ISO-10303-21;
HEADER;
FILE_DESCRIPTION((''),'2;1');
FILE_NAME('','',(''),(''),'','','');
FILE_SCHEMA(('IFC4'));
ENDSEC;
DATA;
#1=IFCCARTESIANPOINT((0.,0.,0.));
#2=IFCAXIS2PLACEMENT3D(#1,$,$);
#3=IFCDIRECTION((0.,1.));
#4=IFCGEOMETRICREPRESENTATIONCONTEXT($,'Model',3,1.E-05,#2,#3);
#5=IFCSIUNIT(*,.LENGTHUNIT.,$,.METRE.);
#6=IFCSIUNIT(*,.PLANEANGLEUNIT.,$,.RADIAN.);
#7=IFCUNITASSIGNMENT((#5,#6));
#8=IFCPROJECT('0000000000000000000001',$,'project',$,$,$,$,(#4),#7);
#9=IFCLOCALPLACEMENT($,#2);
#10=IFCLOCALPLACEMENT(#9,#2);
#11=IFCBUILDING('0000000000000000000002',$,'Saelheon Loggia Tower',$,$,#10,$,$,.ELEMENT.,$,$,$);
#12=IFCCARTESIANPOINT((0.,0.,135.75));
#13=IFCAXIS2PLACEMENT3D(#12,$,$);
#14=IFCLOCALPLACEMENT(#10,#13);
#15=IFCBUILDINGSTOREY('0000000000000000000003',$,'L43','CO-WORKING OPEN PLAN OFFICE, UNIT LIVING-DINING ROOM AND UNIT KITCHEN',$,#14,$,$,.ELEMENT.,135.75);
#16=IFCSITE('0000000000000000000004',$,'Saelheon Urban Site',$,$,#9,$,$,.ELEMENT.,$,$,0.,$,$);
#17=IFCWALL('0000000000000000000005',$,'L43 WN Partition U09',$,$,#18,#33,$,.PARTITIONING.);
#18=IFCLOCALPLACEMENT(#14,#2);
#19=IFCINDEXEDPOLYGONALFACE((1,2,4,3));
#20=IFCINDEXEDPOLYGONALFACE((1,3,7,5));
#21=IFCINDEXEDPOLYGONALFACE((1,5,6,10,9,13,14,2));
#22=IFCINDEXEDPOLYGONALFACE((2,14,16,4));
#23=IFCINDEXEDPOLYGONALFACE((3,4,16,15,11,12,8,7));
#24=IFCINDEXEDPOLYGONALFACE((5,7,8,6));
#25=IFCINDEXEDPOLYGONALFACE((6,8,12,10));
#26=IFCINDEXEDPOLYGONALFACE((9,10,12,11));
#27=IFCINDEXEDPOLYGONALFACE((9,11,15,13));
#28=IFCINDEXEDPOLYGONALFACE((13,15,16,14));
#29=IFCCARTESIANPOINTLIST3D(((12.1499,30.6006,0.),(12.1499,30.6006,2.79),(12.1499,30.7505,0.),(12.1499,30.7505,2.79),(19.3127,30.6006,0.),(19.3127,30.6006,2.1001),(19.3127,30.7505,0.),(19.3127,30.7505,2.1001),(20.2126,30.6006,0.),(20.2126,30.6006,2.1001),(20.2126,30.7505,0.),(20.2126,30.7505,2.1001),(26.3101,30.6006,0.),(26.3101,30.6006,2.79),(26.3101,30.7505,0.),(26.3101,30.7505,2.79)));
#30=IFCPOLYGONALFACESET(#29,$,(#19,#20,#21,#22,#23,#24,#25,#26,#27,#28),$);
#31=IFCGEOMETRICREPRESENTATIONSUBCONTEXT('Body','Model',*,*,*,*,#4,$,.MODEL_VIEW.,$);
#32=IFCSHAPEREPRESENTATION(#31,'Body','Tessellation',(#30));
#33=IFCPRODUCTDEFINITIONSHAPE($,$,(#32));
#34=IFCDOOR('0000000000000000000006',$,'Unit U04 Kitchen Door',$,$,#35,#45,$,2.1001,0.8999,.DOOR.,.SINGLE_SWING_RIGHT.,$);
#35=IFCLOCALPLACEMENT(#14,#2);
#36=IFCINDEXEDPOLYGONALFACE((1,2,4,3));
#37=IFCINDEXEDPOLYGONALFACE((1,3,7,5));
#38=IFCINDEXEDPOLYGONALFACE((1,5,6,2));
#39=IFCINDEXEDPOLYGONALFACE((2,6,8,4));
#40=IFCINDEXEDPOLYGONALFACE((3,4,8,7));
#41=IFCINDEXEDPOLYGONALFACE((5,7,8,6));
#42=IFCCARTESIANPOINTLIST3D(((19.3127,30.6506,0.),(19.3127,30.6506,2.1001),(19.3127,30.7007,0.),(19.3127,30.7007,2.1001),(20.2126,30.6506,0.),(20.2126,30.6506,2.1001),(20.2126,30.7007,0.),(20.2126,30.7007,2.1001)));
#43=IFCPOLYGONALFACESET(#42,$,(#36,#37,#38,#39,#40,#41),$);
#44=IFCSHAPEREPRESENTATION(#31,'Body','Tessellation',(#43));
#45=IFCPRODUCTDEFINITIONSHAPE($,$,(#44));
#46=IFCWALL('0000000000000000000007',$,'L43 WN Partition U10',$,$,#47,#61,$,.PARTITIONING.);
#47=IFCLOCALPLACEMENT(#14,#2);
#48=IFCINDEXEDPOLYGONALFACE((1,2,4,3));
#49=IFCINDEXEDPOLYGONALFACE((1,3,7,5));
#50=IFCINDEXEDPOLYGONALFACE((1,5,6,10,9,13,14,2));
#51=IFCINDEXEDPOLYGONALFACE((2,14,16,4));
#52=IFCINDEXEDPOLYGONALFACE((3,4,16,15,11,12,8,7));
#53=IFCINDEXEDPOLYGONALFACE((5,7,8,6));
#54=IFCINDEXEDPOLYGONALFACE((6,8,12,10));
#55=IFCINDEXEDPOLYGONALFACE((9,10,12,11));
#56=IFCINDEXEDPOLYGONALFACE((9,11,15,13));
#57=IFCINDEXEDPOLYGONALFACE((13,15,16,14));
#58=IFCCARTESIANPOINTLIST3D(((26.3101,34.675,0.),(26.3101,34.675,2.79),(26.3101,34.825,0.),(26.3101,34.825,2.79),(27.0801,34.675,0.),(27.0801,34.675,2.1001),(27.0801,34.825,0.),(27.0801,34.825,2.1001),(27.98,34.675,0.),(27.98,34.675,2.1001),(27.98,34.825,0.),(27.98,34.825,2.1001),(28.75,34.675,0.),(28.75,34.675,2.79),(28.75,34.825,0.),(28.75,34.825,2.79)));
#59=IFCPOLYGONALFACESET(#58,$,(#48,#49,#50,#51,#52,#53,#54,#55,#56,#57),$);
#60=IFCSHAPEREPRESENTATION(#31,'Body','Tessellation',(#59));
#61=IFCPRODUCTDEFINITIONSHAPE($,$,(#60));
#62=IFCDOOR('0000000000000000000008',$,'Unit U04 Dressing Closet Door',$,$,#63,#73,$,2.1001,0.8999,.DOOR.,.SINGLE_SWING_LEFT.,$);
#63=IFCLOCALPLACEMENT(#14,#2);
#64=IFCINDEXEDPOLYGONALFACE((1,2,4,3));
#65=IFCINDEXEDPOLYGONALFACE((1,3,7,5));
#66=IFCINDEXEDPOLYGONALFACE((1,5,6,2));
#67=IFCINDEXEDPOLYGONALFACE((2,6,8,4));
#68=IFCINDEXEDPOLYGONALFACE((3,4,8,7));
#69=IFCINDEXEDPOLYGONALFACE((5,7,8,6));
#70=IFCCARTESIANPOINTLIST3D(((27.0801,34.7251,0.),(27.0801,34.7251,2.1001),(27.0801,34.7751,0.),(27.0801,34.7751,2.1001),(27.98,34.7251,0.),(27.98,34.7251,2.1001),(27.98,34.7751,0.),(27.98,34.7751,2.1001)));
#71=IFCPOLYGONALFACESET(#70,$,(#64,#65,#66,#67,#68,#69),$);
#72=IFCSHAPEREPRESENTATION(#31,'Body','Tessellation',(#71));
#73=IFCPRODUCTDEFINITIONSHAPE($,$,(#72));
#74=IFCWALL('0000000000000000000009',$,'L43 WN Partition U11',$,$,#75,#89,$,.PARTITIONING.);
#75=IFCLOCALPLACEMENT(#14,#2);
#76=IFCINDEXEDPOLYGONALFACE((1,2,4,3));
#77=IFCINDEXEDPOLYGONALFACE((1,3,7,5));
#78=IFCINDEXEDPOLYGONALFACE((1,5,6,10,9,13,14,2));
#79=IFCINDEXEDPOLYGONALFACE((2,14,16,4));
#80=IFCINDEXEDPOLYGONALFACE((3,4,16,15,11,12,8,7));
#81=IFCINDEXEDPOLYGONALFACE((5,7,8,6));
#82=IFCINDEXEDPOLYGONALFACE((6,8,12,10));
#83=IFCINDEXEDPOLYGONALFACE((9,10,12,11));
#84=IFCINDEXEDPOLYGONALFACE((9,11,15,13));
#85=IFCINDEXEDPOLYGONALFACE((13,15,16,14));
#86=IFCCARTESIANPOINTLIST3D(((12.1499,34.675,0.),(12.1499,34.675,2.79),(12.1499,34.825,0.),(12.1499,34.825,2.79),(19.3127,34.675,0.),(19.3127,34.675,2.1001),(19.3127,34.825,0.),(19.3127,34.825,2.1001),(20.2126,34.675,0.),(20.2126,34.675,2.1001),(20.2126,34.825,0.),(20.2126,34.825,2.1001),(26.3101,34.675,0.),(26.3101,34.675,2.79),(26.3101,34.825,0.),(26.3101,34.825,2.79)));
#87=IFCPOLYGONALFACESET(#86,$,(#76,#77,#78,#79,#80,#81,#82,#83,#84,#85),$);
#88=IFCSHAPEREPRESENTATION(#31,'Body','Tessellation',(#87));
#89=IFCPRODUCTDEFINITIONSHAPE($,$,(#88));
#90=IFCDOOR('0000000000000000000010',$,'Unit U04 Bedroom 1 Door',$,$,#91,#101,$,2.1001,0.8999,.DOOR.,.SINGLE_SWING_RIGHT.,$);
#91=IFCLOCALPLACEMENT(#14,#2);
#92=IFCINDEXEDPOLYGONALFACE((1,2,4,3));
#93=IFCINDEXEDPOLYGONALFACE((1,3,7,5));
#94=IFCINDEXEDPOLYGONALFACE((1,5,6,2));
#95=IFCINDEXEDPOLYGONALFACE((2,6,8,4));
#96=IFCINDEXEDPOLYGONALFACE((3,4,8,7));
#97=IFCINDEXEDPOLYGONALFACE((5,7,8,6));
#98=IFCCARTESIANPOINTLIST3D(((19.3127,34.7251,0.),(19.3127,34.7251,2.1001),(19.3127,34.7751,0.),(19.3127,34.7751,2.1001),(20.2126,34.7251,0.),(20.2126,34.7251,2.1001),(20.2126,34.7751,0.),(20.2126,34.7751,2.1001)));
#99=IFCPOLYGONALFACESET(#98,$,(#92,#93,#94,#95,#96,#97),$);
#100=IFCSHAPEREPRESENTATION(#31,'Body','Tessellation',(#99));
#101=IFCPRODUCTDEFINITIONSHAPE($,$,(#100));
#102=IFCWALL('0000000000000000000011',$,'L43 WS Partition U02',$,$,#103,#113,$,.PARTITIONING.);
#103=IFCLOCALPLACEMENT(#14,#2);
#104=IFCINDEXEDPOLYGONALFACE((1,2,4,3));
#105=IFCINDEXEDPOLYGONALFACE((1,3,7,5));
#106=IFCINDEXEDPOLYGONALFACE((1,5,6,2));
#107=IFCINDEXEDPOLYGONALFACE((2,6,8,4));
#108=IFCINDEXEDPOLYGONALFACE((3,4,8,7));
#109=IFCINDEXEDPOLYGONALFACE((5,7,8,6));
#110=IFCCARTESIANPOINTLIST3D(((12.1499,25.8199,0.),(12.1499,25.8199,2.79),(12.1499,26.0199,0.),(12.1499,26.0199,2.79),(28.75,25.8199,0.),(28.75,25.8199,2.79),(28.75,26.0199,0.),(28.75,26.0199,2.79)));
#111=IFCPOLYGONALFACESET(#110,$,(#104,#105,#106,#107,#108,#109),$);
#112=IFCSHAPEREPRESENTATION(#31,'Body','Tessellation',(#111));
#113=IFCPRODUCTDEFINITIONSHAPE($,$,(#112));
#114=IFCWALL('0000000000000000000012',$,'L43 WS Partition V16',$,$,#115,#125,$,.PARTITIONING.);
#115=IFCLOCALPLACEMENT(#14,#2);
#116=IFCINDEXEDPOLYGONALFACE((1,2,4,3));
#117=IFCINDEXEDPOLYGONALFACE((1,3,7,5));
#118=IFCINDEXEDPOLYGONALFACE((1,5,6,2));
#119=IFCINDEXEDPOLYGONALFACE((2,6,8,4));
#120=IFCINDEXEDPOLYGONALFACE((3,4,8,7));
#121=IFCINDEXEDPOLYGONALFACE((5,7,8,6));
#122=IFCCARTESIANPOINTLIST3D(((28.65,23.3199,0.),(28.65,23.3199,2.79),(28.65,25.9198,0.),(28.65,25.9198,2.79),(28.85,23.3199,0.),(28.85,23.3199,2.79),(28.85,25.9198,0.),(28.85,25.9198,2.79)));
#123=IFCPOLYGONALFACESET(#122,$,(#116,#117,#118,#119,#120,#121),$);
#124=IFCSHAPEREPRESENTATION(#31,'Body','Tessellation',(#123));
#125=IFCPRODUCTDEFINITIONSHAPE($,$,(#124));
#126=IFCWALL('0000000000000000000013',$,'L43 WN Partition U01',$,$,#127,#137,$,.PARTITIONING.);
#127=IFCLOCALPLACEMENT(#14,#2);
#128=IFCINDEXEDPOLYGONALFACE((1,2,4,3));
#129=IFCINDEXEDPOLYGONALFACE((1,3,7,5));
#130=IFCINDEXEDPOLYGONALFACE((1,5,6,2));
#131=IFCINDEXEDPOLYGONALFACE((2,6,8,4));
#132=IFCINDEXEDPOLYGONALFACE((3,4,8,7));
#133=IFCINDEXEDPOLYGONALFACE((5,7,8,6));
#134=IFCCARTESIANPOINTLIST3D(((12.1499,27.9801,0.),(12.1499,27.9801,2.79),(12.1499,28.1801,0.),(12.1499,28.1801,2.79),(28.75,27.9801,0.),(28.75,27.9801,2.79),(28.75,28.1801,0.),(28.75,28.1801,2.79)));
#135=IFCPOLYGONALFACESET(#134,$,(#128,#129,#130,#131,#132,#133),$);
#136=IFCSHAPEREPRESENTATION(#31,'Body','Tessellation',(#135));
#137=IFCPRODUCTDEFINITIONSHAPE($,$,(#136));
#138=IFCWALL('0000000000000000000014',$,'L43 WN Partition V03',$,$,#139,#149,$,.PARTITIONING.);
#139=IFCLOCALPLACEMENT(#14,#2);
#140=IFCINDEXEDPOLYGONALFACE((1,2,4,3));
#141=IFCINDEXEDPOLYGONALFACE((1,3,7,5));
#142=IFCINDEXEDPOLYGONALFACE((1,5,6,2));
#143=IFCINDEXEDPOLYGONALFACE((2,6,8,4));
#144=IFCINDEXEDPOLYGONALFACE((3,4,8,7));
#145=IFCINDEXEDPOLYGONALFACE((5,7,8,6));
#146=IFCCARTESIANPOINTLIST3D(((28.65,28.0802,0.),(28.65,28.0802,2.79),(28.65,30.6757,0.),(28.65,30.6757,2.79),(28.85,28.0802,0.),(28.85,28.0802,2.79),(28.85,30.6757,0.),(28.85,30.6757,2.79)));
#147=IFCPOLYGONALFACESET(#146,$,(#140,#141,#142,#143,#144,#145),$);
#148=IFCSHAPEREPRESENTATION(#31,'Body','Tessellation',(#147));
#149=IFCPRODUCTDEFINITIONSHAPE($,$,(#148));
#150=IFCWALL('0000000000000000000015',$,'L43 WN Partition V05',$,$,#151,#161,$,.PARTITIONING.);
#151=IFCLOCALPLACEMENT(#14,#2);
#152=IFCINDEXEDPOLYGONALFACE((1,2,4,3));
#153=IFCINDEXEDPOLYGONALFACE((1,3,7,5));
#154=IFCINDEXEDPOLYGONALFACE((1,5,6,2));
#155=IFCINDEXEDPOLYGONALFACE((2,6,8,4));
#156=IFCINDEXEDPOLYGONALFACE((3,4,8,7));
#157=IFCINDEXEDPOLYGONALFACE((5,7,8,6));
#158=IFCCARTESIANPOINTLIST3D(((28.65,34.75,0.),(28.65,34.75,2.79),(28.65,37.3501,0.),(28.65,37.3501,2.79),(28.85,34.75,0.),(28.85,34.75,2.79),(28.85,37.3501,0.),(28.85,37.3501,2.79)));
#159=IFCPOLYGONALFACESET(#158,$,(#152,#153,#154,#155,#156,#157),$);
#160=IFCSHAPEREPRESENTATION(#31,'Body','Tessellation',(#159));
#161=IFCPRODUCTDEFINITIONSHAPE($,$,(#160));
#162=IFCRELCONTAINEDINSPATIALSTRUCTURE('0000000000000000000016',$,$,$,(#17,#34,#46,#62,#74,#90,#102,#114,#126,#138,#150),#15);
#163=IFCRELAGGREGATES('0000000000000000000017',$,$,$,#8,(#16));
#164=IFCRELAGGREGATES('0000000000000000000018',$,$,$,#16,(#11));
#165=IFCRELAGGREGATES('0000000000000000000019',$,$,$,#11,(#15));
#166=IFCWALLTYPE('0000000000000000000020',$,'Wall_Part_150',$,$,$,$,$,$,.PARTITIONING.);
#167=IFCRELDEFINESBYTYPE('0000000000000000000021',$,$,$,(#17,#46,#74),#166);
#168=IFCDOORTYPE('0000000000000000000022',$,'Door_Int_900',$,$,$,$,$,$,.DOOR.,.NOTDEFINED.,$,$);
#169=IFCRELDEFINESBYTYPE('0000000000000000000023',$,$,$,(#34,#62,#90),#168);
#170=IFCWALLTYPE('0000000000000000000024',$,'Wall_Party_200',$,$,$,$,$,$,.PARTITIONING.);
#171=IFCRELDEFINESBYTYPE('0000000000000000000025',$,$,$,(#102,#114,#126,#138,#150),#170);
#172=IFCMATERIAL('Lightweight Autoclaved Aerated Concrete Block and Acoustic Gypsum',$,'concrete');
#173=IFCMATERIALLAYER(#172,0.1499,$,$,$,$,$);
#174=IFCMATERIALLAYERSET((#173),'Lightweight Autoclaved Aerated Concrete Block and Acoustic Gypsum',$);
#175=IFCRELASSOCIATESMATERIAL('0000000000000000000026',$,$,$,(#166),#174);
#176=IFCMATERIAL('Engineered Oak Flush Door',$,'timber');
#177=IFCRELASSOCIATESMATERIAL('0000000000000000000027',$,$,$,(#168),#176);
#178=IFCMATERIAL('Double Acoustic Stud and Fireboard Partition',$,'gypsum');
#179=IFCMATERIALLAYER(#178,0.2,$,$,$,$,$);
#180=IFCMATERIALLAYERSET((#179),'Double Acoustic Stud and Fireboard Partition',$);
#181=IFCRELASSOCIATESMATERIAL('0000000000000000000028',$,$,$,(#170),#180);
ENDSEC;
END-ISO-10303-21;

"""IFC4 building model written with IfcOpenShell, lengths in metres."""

from ifc_helpers import new_model, si_unit, direction, frame, frame_2d, origin, place, context, subcontext, project, spatial, rectangle, extrude, source, transform, mapped, material, layer, layer_set, type_object, element, fill, save


model = new_model("IFC4")

# Units and contexts
model_context = context("Model", 3, precision=1e-05, world=origin(), true_north=direction((0.0, 1.0)))
body_context = subcontext(model_context, "Body", "Model", "MODEL_VIEW")
ifc_project = project(units=[si_unit("LENGTHUNIT", "METRE"), si_unit("PLANEANGLEUNIT", "RADIAN")], contexts=[model_context])

# Site, building, storey
site_placement = place(None, origin())
site = spatial("IfcSite", under=ifc_project, at=site_placement, Name="Saelheon Urban Site", CompositionType="ELEMENT", RefElevation=0.0)
building_placement = place(site_placement, origin())
building = spatial("IfcBuilding", under=site, at=building_placement, Name="Saelheon Loggia Tower", CompositionType="ELEMENT")
storey_placement = place(building_placement, frame((0.0, 0.0, 135.75)))
storey = spatial("IfcBuildingStorey", under=building, at=storey_placement, Name="L43", Description="CO-WORKING OPEN PLAN OFFICE, UNIT LIVING-DINING ROOM AND UNIT KITCHEN", CompositionType="ELEMENT", Elevation=135.75)

# Shared definitions
ifc_material_1 = material(Name="Lightweight Autoclaved Aerated Concrete Block and Acoustic Gypsum", Category="concrete")
ifc_layer_1 = layer(ifc_material_1, 0.1499)
ifc_layer_set_1 = layer_set([ifc_layer_1], Name="Lightweight Autoclaved Aerated Concrete Block and Acoustic Gypsum")
wall_type_1 = type_object("IfcWallType", Name="Wall_Part_150", PredefinedType="PARTITIONING", material=ifc_layer_set_1)

# Shared definitions
ifc_material_2 = material(Name="Engineered Oak Flush Door", Category="timber")
door_type_1 = type_object("IfcDoorType", Name="Door_Int_900", OperationType="NOTDEFINED", PredefinedType="DOOR", material=ifc_material_2)
shared_shape_1 = source(origin(), body_context, "Body", "SweptSolid", [
    extrude(rectangle(XDim=0.8999, YDim=2.1001, at=frame_2d((0.45, 1.05))), frame((0.0, 0.0249, 0.0), z_axis=(0.0, -1.0, 0.0), x_axis=(1.0, 0.0, 0.0)), (0.0, 0.0, 1.0), 0.05),
])

# Walls, openings, doors
wall_1_placement = place(storey_placement, frame((26.3101, 30.6755, 0.0), z_axis=(0.0, 0.0, 1.0), x_axis=(-1.0, 0.0, 0.0)))
wall_1 = element("IfcWall", 1, at=wall_1_placement, inside=storey, type_object=wall_type_1, Name="L43 WN Partition U09", PredefinedType="PARTITIONING", context=body_context, shape_type="SweptSolid", body=[
    extrude(rectangle(XDim=14.1602, YDim=0.1499, at=frame_2d((7.0801, 0.0))), origin(), (0.0, 0.0, 1.0), 2.79),
])
opening_1_placement = place(wall_1_placement, frame((6.0974, 0.0, 0.0)))
opening_1 = element("IfcOpeningElement", 2, at=opening_1_placement, cuts=wall_1, PredefinedType="OPENING", context=body_context, shape_type="SweptSolid", body=[
    extrude(rectangle(XDim=0.8999, YDim=2.1001, at=frame_2d((0.45, 1.05))), frame((0.0, 0.0869, 0.0), z_axis=(0.0, -1.0, 0.0), x_axis=(1.0, 0.0, 0.0)), (0.0, 0.0, 1.0), 0.1738),
])
door_1_placement = place(opening_1_placement, origin())
door_1 = element("IfcDoor", 3, at=door_1_placement, inside=storey, type_object=door_type_1, Name="Unit U04 Kitchen Door", OperationType="SINGLE_SWING_RIGHT", OverallHeight=2.1001, OverallWidth=0.8999, PredefinedType="DOOR", context=body_context, shape_type="MappedRepresentation", body=[
    mapped(shared_shape_1, transform((0.0, 0.0, 0.0), scale=1.0)),
])
fill(opening_1, door_1)
wall_2_placement = place(storey_placement, frame((28.75, 34.75, 0.0), z_axis=(0.0, 0.0, 1.0), x_axis=(-1.0, 0.0, 0.0)))
wall_2 = element("IfcWall", 4, at=wall_2_placement, inside=storey, type_object=wall_type_1, Name="L43 WN Partition U10", PredefinedType="PARTITIONING", context=body_context, shape_type="SweptSolid", body=[
    extrude(rectangle(XDim=2.4399, YDim=0.1499, at=frame_2d((1.22, 0.0))), origin(), (0.0, 0.0, 1.0), 2.79),
])
opening_2_placement = place(wall_2_placement, frame((0.77, 0.0, 0.0)))
opening_2 = element("IfcOpeningElement", 5, at=opening_2_placement, cuts=wall_2, PredefinedType="OPENING", context=body_context, shape_type="SweptSolid", body=[
    extrude(rectangle(XDim=0.8999, YDim=2.1001, at=frame_2d((0.45, 1.05))), frame((0.0, 0.0869, 0.0), z_axis=(0.0, -1.0, 0.0), x_axis=(1.0, 0.0, 0.0)), (0.0, 0.0, 1.0), 0.1738),
])
door_2_placement = place(opening_2_placement, origin())
door_2 = element("IfcDoor", 6, at=door_2_placement, inside=storey, type_object=door_type_1, Name="Unit U04 Dressing Closet Door", OperationType="SINGLE_SWING_LEFT", OverallHeight=2.1001, OverallWidth=0.8999, PredefinedType="DOOR", context=body_context, shape_type="MappedRepresentation", body=[
    mapped(shared_shape_1, transform((0.0, 0.0, 0.0), scale=1.0)),
])
fill(opening_2, door_2)
wall_3_placement = place(storey_placement, frame((26.3101, 34.75, 0.0), z_axis=(0.0, 0.0, 1.0), x_axis=(-1.0, 0.0, 0.0)))
wall_3 = element("IfcWall", 7, at=wall_3_placement, inside=storey, type_object=wall_type_1, Name="L43 WN Partition U11", PredefinedType="PARTITIONING", context=body_context, shape_type="SweptSolid", body=[
    extrude(rectangle(XDim=14.1602, YDim=0.1499, at=frame_2d((7.0801, 0.0))), origin(), (0.0, 0.0, 1.0), 2.79),
])
opening_3_placement = place(wall_3_placement, frame((6.0974, 0.0, 0.0)))
opening_3 = element("IfcOpeningElement", 8, at=opening_3_placement, cuts=wall_3, PredefinedType="OPENING", context=body_context, shape_type="SweptSolid", body=[
    extrude(rectangle(XDim=0.8999, YDim=2.1001, at=frame_2d((0.45, 1.05))), frame((0.0, 0.0869, 0.0), z_axis=(0.0, -1.0, 0.0), x_axis=(1.0, 0.0, 0.0)), (0.0, 0.0, 1.0), 0.1738),
])
door_3_placement = place(opening_3_placement, origin())
door_3 = element("IfcDoor", 9, at=door_3_placement, inside=storey, type_object=door_type_1, Name="Unit U04 Bedroom 1 Door", OperationType="SINGLE_SWING_RIGHT", OverallHeight=2.1001, OverallWidth=0.8999, PredefinedType="DOOR", context=body_context, shape_type="MappedRepresentation", body=[
    mapped(shared_shape_1, transform((0.0, 0.0, 0.0), scale=1.0)),
])
fill(opening_3, door_3)

# Walls
ifc_material_3 = material(Name="Double Acoustic Stud and Fireboard Partition", Category="gypsum")
ifc_layer_2 = layer(ifc_material_3, 0.2)
ifc_layer_set_2 = layer_set([ifc_layer_2], Name="Double Acoustic Stud and Fireboard Partition")
wall_type_2 = type_object("IfcWallType", Name="Wall_Party_200", PredefinedType="PARTITIONING", material=ifc_layer_set_2)
wall_4_placement = place(storey_placement, frame((28.75, 25.9199, 0.0), z_axis=(0.0, 0.0, 1.0), x_axis=(-1.0, 0.0, 0.0)))
element("IfcWall", 10, at=wall_4_placement, inside=storey, type_object=wall_type_2, Name="L43 WS Partition U02", PredefinedType="PARTITIONING", context=body_context, shape_type="SweptSolid", body=[
    extrude(rectangle(XDim=16.6001, YDim=0.2, at=frame_2d((8.3, 0.0))), origin(), (0.0, 0.0, 1.0), 2.79),
])
wall_5_placement = place(storey_placement, frame((28.75, 23.3201, 0.0), z_axis=(0.0, 0.0, 1.0), x_axis=(0.0, 1.0, 0.0)))
element("IfcWall", 11, at=wall_5_placement, inside=storey, type_object=wall_type_2, Name="L43 WS Partition V16", PredefinedType="PARTITIONING", context=body_context, shape_type="SweptSolid", body=[
    extrude(rectangle(XDim=2.5999, YDim=0.2, at=frame_2d((1.2998, 0.0))), origin(), (0.0, 0.0, 1.0), 2.79),
])
wall_6_placement = place(storey_placement, frame((28.75, 28.0801, 0.0), z_axis=(0.0, 0.0, 1.0), x_axis=(-1.0, 0.0, 0.0)))
element("IfcWall", 12, at=wall_6_placement, inside=storey, type_object=wall_type_2, Name="L43 WN Partition U01", PredefinedType="PARTITIONING", context=body_context, shape_type="SweptSolid", body=[
    extrude(rectangle(XDim=16.6001, YDim=0.2, at=frame_2d((8.3, 0.0))), origin(), (0.0, 0.0, 1.0), 2.79),
])
wall_7_placement = place(storey_placement, frame((28.75, 28.0801, 0.0), z_axis=(0.0, 0.0, 1.0), x_axis=(0.0, 1.0, 0.0)))
element("IfcWall", 13, at=wall_7_placement, inside=storey, type_object=wall_type_2, Name="L43 WN Partition V03", PredefinedType="PARTITIONING", context=body_context, shape_type="SweptSolid", body=[
    extrude(rectangle(XDim=2.5955, YDim=0.2, at=frame_2d((1.2979, 0.0))), origin(), (0.0, 0.0, 1.0), 2.79),
])

# Wall
wall_8_placement = place(storey_placement, frame((28.75, 34.75, 0.0), z_axis=(0.0, 0.0, 1.0), x_axis=(0.0, 1.0, 0.0)))
element("IfcWall", 14, at=wall_8_placement, inside=storey, type_object=wall_type_2, Name="L43 WN Partition V05", PredefinedType="PARTITIONING", context=body_context, shape_type="SweptSolid", body=[
    extrude(rectangle(XDim=2.6001, YDim=0.2, at=frame_2d((1.3, 0.0))), origin(), (0.0, 0.0, 1.0), 2.79),
])

save(model, "model.ifc")
